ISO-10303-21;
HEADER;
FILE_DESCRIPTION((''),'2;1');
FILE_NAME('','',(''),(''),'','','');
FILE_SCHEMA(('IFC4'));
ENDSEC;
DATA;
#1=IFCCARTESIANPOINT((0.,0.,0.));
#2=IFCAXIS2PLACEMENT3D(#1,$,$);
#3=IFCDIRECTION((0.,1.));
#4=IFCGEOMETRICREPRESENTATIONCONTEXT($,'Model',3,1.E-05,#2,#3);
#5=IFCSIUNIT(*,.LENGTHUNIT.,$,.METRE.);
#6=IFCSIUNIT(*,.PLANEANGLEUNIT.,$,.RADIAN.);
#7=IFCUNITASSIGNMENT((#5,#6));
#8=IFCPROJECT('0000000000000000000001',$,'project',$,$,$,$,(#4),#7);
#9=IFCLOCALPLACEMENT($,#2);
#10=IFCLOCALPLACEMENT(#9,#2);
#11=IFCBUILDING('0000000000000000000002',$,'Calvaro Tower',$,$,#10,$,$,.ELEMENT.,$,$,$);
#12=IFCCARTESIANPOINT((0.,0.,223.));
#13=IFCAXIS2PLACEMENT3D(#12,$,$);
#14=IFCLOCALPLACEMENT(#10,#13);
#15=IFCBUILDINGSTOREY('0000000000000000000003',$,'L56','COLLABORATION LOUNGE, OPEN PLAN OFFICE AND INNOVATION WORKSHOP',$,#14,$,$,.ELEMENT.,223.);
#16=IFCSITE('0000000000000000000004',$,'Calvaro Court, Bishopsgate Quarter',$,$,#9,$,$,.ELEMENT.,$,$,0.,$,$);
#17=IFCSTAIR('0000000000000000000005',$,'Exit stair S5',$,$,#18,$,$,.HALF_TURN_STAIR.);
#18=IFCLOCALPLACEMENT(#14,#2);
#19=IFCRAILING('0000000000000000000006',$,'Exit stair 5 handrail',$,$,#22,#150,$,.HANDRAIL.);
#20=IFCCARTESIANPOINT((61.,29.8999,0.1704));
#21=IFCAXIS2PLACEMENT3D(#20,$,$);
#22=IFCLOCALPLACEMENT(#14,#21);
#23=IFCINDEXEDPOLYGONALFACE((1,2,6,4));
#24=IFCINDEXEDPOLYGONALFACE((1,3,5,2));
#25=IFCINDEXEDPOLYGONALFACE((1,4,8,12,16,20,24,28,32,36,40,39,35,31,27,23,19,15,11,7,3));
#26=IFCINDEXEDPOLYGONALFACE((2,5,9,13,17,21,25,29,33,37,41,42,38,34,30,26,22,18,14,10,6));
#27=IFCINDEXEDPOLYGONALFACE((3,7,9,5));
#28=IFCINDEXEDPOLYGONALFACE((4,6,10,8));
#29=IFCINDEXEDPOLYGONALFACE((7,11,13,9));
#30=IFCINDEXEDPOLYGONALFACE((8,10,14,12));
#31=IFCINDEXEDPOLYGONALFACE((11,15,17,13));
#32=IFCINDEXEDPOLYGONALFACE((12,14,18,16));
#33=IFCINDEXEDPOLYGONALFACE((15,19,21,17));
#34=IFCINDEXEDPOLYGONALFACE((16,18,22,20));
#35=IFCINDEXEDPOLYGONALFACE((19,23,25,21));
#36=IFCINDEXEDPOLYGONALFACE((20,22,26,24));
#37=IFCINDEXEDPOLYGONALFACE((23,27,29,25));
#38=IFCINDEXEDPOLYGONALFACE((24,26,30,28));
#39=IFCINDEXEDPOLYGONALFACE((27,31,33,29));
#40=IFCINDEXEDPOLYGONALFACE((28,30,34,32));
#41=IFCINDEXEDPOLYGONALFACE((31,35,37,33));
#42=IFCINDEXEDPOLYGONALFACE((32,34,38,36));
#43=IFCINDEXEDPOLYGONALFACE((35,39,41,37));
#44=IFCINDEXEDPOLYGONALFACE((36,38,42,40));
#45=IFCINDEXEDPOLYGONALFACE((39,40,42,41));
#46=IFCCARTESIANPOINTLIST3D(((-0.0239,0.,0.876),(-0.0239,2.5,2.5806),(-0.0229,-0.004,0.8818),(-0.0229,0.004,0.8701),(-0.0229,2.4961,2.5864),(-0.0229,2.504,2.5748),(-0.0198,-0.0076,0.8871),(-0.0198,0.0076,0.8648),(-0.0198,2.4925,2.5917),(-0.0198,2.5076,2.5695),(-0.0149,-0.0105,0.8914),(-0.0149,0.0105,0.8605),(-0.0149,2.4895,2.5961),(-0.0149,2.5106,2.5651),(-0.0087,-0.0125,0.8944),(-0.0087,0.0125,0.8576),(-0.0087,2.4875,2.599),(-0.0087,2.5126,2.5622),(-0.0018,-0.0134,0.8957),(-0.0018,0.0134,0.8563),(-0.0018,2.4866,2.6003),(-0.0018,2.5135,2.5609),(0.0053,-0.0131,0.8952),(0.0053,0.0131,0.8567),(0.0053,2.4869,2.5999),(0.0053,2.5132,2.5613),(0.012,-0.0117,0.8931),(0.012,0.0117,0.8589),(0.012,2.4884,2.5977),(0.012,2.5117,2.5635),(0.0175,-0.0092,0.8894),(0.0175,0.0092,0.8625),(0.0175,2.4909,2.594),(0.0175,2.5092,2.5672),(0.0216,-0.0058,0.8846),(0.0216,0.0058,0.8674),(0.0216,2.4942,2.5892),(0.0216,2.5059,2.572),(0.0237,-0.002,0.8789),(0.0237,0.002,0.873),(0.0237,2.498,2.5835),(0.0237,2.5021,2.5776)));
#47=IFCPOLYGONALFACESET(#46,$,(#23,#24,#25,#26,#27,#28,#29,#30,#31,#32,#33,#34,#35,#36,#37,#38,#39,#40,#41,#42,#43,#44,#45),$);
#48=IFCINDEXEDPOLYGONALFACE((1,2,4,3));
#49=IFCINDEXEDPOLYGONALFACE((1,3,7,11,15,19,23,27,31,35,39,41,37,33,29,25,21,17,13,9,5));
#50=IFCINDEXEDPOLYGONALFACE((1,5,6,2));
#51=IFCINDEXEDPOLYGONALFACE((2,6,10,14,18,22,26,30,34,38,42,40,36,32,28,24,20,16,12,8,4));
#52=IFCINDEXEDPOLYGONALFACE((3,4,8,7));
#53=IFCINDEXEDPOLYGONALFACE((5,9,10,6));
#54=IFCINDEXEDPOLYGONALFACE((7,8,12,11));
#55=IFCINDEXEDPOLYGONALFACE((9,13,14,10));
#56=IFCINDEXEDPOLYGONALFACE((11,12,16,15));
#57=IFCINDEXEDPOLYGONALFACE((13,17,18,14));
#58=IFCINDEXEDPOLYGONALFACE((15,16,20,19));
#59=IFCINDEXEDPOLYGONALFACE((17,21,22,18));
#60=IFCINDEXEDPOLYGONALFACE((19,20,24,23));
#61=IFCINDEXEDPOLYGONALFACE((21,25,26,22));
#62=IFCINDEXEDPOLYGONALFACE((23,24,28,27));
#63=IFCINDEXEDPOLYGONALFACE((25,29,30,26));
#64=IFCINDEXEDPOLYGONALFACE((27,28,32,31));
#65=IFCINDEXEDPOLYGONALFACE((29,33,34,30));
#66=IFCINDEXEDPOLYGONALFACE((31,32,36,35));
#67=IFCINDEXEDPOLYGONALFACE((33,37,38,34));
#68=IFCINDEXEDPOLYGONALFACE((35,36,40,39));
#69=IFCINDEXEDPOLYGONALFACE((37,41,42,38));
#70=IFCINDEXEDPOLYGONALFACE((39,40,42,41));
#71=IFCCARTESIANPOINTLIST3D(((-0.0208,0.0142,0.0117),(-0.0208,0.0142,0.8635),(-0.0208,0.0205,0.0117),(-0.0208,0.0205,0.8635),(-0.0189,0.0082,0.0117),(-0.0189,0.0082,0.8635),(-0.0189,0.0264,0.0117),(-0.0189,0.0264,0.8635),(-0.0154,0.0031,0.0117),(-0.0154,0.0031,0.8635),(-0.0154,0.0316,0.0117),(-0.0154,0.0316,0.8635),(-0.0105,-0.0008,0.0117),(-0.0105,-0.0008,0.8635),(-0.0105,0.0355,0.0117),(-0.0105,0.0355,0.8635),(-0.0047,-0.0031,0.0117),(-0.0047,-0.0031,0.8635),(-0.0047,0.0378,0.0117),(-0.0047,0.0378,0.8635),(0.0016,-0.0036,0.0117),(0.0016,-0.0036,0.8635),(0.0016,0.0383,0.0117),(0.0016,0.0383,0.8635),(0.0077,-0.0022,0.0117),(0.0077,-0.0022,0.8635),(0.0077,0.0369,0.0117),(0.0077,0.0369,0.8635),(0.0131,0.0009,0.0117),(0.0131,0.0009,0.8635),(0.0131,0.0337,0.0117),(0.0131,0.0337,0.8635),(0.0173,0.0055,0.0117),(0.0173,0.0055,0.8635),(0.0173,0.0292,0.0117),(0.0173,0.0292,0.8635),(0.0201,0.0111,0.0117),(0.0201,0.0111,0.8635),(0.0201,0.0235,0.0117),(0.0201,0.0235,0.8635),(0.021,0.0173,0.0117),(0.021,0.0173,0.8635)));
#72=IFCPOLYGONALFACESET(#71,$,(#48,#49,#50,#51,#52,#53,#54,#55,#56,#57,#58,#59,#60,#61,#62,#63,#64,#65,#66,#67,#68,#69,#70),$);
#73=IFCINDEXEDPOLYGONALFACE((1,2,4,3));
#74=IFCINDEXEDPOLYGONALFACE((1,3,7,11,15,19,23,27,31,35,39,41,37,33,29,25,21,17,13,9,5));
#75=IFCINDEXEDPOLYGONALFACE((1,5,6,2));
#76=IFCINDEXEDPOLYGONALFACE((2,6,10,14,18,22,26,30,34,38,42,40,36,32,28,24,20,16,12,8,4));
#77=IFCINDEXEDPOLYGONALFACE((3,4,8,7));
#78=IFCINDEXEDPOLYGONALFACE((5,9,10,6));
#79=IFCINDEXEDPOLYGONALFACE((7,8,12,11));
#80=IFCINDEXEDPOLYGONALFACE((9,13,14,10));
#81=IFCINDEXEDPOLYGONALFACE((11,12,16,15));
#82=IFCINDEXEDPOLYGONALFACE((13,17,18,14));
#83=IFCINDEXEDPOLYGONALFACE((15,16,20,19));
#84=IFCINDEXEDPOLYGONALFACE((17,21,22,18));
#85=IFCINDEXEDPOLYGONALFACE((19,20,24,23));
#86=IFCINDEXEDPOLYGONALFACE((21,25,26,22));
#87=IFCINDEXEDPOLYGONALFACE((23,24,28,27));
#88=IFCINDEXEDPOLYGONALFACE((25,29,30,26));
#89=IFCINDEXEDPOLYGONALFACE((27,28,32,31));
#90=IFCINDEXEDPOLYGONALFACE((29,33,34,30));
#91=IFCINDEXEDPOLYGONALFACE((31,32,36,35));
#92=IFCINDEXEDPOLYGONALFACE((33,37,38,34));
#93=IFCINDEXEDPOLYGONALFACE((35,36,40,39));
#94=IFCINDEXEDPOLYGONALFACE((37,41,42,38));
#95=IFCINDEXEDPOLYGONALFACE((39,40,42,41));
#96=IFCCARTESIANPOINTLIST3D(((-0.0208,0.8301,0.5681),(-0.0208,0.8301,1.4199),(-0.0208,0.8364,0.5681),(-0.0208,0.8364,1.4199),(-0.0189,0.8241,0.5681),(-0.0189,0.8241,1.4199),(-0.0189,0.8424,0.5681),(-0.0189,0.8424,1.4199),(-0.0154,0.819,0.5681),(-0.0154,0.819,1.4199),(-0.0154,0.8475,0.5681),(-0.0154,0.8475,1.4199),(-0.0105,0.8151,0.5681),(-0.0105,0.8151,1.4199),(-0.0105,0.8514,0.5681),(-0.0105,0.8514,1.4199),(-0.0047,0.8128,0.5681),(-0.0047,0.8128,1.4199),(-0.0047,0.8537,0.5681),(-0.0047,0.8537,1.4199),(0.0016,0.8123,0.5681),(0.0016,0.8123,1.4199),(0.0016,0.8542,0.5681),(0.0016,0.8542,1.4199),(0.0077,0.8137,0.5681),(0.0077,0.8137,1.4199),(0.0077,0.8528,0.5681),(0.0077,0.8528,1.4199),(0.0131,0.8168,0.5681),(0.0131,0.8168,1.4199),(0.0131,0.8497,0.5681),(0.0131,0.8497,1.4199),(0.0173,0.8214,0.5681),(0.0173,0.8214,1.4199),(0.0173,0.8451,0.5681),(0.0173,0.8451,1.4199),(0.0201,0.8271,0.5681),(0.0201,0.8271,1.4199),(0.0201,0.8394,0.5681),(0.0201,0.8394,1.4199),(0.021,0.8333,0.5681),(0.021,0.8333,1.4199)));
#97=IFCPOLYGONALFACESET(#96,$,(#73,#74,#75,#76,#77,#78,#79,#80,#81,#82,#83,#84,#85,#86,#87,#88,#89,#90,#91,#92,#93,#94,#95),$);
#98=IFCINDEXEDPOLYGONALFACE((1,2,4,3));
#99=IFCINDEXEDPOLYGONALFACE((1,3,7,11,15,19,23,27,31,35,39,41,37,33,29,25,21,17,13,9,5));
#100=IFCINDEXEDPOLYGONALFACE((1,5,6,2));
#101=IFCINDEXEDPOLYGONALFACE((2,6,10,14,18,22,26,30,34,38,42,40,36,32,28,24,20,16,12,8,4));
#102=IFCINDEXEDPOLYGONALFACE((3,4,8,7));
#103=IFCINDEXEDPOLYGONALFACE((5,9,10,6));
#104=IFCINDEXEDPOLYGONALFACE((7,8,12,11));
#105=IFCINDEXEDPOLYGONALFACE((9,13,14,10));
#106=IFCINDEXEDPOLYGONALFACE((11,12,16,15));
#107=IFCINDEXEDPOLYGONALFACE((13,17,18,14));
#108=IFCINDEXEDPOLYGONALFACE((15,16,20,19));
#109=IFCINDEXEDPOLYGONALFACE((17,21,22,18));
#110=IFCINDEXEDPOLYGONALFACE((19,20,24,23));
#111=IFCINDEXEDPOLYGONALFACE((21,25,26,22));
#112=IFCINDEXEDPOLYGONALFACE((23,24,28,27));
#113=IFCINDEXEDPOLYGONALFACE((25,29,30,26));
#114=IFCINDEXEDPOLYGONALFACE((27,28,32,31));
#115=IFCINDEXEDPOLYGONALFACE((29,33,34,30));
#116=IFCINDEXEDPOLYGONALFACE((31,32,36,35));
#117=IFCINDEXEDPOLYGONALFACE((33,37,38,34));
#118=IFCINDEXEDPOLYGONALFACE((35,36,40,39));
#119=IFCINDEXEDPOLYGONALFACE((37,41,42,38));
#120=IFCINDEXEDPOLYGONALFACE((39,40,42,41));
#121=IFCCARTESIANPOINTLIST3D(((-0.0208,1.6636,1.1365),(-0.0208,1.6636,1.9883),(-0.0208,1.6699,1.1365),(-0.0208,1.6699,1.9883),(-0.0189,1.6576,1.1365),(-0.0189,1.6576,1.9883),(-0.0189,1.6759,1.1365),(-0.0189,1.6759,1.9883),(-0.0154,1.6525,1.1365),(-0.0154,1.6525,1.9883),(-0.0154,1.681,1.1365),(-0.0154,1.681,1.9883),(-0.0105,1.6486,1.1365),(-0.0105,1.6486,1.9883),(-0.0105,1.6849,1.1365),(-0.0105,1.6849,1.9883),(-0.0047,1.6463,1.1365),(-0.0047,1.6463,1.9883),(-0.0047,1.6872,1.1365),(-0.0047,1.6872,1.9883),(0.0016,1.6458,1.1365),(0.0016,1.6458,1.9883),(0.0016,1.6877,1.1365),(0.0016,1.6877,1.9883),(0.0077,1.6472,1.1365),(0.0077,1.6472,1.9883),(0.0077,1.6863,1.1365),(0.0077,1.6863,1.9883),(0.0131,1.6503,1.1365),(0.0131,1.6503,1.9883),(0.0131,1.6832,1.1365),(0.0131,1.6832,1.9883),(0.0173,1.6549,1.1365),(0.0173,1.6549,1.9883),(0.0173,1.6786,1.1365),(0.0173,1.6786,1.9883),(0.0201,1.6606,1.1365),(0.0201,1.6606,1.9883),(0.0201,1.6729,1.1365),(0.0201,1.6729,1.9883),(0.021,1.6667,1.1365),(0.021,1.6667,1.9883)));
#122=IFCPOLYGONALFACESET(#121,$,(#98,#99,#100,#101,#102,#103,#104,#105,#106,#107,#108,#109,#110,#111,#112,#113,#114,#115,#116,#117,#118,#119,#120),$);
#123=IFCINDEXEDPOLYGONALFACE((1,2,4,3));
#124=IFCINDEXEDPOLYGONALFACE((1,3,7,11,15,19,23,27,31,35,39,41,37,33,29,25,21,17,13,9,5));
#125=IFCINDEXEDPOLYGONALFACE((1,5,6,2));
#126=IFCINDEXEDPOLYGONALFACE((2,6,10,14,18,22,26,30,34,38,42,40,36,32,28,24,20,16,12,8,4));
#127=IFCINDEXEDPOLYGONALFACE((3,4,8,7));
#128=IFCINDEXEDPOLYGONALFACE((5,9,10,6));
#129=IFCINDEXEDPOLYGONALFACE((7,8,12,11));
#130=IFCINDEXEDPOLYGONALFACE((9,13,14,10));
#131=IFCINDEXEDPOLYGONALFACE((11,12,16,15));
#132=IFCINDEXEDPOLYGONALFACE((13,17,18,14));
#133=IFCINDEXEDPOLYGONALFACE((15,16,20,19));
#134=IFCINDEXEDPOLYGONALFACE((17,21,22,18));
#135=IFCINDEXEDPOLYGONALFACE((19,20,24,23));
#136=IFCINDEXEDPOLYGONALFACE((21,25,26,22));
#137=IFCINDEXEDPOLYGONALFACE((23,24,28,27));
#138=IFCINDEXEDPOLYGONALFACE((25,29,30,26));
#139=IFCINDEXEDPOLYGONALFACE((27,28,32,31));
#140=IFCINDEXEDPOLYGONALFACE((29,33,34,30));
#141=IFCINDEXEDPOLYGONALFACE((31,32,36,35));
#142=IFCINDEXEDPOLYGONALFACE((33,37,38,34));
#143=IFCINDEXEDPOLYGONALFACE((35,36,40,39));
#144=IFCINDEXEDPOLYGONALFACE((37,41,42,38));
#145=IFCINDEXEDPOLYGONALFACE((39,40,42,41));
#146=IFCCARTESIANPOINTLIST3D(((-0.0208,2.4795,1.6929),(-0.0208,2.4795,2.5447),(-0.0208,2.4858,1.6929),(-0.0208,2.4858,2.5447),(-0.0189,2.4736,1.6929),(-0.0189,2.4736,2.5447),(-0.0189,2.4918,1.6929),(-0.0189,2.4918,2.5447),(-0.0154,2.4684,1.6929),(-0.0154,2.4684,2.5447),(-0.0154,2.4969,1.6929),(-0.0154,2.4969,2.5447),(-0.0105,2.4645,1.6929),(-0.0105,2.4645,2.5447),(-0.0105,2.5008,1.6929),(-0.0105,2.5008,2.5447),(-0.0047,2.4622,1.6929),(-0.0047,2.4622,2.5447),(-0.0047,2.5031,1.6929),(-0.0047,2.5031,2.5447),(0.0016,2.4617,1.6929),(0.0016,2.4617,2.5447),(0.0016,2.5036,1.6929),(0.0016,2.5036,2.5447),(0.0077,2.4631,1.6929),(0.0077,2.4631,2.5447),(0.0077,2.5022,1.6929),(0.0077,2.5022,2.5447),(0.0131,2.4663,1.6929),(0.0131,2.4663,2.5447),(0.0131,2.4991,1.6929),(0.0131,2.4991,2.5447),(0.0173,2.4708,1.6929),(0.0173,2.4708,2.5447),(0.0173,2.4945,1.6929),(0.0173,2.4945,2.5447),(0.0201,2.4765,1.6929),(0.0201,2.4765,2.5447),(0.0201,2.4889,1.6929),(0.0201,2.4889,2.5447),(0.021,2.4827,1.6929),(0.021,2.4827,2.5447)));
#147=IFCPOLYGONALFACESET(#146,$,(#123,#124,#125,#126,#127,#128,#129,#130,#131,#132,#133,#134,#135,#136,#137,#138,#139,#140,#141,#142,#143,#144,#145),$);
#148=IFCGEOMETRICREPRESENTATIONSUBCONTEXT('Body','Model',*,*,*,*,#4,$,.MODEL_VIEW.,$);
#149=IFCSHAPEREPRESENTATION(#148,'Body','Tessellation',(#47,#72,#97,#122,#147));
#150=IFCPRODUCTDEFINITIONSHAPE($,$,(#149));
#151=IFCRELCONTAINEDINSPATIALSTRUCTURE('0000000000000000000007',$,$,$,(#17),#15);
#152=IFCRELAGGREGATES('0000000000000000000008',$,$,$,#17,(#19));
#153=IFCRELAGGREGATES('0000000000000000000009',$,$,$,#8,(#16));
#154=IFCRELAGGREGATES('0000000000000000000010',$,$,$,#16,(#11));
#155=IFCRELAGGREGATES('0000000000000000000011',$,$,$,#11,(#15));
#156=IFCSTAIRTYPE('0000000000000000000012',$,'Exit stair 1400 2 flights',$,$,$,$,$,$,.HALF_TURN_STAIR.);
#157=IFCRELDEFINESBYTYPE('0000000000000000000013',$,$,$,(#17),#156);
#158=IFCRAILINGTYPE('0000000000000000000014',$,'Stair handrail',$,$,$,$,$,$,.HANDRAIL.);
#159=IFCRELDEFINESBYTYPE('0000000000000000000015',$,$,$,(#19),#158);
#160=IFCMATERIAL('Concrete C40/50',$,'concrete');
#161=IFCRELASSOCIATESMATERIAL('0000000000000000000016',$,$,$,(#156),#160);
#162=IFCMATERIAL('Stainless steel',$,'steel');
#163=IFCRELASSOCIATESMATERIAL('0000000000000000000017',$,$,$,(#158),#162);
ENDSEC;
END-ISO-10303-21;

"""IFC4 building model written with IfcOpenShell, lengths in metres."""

from ifc_helpers import new_model, si_unit, direction, frame, origin, origin_2d, place, context, subcontext, project, spatial, circle, extrude, material, type_object, element, aggregate, save


model = new_model("IFC4")

# Units and contexts
model_context = context("Model", 3, precision=1e-05, world=origin(), true_north=direction((0.0, 1.0)))
body_context = subcontext(model_context, "Body", "Model", "MODEL_VIEW")
ifc_project = project(units=[si_unit("LENGTHUNIT", "METRE"), si_unit("PLANEANGLEUNIT", "RADIAN")], contexts=[model_context])

# Site, building, storey
site_placement = place(None, origin())
site = spatial("IfcSite", under=ifc_project, at=site_placement, Name="Calvaro Court, Bishopsgate Quarter", CompositionType="ELEMENT", RefElevation=0.0)
building_placement = place(site_placement, origin())
building = spatial("IfcBuilding", under=site, at=building_placement, Name="Calvaro Tower", CompositionType="ELEMENT")
storey_placement = place(building_placement, frame((0.0, 0.0, 223.0)))
storey = spatial("IfcBuildingStorey", under=building, at=storey_placement, Name="L56", Description="COLLABORATION LOUNGE, OPEN PLAN OFFICE AND INNOVATION WORKSHOP", CompositionType="ELEMENT", Elevation=223.0)

# Stair, railing
ifc_material_1 = material(Name="Concrete C40/50", Category="concrete")
stair_type = type_object("IfcStairType", Name="Exit stair 1400 2 flights", PredefinedType="HALF_TURN_STAIR", material=ifc_material_1)
stair_placement = place(storey_placement, origin())
stair = element("IfcStair", 1, at=stair_placement, inside=storey, type_object=stair_type, Name="Exit stair S5", PredefinedType="HALF_TURN_STAIR")
ifc_material_2 = material(Name="Stainless steel", Category="steel")
railing_type = type_object("IfcRailingType", Name="Stair handrail", PredefinedType="HANDRAIL", material=ifc_material_2)
railing_placement = place(storey_placement, frame((61.0, 29.8999, 0.1704)))
railing = element("IfcRailing", 2, at=railing_placement, type_object=railing_type, Name="Exit stair 5 handrail", PredefinedType="HANDRAIL", context=body_context, shape_type="SweptSolid", body=[
    extrude(circle(Radius=0.0239, at=origin_2d()), frame((0.0, 0.0, 0.876), z_axis=(0.0, 0.826221, 0.563347), x_axis=(-1.0, 0.0, 0.0)), (0.0, 0.0, 1.0), 3.0259),
    extrude(circle(Radius=0.021, at=origin_2d()), frame((0.0, 0.0173, 0.0117)), (0.0, 0.0, 1.0), 0.8518),
    extrude(circle(Radius=0.021, at=origin_2d()), frame((0.0, 0.8333, 0.5681)), (0.0, 0.0, 1.0), 0.8518),
    extrude(circle(Radius=0.021, at=origin_2d()), frame((0.0, 1.6667, 1.1365)), (0.0, 0.0, 1.0), 0.8518),
    extrude(circle(Radius=0.021, at=origin_2d()), frame((0.0, 2.4827, 1.6929)), (0.0, 0.0, 1.0), 0.8518),
])
aggregate(stair, [railing])

save(model, "model.ifc")
